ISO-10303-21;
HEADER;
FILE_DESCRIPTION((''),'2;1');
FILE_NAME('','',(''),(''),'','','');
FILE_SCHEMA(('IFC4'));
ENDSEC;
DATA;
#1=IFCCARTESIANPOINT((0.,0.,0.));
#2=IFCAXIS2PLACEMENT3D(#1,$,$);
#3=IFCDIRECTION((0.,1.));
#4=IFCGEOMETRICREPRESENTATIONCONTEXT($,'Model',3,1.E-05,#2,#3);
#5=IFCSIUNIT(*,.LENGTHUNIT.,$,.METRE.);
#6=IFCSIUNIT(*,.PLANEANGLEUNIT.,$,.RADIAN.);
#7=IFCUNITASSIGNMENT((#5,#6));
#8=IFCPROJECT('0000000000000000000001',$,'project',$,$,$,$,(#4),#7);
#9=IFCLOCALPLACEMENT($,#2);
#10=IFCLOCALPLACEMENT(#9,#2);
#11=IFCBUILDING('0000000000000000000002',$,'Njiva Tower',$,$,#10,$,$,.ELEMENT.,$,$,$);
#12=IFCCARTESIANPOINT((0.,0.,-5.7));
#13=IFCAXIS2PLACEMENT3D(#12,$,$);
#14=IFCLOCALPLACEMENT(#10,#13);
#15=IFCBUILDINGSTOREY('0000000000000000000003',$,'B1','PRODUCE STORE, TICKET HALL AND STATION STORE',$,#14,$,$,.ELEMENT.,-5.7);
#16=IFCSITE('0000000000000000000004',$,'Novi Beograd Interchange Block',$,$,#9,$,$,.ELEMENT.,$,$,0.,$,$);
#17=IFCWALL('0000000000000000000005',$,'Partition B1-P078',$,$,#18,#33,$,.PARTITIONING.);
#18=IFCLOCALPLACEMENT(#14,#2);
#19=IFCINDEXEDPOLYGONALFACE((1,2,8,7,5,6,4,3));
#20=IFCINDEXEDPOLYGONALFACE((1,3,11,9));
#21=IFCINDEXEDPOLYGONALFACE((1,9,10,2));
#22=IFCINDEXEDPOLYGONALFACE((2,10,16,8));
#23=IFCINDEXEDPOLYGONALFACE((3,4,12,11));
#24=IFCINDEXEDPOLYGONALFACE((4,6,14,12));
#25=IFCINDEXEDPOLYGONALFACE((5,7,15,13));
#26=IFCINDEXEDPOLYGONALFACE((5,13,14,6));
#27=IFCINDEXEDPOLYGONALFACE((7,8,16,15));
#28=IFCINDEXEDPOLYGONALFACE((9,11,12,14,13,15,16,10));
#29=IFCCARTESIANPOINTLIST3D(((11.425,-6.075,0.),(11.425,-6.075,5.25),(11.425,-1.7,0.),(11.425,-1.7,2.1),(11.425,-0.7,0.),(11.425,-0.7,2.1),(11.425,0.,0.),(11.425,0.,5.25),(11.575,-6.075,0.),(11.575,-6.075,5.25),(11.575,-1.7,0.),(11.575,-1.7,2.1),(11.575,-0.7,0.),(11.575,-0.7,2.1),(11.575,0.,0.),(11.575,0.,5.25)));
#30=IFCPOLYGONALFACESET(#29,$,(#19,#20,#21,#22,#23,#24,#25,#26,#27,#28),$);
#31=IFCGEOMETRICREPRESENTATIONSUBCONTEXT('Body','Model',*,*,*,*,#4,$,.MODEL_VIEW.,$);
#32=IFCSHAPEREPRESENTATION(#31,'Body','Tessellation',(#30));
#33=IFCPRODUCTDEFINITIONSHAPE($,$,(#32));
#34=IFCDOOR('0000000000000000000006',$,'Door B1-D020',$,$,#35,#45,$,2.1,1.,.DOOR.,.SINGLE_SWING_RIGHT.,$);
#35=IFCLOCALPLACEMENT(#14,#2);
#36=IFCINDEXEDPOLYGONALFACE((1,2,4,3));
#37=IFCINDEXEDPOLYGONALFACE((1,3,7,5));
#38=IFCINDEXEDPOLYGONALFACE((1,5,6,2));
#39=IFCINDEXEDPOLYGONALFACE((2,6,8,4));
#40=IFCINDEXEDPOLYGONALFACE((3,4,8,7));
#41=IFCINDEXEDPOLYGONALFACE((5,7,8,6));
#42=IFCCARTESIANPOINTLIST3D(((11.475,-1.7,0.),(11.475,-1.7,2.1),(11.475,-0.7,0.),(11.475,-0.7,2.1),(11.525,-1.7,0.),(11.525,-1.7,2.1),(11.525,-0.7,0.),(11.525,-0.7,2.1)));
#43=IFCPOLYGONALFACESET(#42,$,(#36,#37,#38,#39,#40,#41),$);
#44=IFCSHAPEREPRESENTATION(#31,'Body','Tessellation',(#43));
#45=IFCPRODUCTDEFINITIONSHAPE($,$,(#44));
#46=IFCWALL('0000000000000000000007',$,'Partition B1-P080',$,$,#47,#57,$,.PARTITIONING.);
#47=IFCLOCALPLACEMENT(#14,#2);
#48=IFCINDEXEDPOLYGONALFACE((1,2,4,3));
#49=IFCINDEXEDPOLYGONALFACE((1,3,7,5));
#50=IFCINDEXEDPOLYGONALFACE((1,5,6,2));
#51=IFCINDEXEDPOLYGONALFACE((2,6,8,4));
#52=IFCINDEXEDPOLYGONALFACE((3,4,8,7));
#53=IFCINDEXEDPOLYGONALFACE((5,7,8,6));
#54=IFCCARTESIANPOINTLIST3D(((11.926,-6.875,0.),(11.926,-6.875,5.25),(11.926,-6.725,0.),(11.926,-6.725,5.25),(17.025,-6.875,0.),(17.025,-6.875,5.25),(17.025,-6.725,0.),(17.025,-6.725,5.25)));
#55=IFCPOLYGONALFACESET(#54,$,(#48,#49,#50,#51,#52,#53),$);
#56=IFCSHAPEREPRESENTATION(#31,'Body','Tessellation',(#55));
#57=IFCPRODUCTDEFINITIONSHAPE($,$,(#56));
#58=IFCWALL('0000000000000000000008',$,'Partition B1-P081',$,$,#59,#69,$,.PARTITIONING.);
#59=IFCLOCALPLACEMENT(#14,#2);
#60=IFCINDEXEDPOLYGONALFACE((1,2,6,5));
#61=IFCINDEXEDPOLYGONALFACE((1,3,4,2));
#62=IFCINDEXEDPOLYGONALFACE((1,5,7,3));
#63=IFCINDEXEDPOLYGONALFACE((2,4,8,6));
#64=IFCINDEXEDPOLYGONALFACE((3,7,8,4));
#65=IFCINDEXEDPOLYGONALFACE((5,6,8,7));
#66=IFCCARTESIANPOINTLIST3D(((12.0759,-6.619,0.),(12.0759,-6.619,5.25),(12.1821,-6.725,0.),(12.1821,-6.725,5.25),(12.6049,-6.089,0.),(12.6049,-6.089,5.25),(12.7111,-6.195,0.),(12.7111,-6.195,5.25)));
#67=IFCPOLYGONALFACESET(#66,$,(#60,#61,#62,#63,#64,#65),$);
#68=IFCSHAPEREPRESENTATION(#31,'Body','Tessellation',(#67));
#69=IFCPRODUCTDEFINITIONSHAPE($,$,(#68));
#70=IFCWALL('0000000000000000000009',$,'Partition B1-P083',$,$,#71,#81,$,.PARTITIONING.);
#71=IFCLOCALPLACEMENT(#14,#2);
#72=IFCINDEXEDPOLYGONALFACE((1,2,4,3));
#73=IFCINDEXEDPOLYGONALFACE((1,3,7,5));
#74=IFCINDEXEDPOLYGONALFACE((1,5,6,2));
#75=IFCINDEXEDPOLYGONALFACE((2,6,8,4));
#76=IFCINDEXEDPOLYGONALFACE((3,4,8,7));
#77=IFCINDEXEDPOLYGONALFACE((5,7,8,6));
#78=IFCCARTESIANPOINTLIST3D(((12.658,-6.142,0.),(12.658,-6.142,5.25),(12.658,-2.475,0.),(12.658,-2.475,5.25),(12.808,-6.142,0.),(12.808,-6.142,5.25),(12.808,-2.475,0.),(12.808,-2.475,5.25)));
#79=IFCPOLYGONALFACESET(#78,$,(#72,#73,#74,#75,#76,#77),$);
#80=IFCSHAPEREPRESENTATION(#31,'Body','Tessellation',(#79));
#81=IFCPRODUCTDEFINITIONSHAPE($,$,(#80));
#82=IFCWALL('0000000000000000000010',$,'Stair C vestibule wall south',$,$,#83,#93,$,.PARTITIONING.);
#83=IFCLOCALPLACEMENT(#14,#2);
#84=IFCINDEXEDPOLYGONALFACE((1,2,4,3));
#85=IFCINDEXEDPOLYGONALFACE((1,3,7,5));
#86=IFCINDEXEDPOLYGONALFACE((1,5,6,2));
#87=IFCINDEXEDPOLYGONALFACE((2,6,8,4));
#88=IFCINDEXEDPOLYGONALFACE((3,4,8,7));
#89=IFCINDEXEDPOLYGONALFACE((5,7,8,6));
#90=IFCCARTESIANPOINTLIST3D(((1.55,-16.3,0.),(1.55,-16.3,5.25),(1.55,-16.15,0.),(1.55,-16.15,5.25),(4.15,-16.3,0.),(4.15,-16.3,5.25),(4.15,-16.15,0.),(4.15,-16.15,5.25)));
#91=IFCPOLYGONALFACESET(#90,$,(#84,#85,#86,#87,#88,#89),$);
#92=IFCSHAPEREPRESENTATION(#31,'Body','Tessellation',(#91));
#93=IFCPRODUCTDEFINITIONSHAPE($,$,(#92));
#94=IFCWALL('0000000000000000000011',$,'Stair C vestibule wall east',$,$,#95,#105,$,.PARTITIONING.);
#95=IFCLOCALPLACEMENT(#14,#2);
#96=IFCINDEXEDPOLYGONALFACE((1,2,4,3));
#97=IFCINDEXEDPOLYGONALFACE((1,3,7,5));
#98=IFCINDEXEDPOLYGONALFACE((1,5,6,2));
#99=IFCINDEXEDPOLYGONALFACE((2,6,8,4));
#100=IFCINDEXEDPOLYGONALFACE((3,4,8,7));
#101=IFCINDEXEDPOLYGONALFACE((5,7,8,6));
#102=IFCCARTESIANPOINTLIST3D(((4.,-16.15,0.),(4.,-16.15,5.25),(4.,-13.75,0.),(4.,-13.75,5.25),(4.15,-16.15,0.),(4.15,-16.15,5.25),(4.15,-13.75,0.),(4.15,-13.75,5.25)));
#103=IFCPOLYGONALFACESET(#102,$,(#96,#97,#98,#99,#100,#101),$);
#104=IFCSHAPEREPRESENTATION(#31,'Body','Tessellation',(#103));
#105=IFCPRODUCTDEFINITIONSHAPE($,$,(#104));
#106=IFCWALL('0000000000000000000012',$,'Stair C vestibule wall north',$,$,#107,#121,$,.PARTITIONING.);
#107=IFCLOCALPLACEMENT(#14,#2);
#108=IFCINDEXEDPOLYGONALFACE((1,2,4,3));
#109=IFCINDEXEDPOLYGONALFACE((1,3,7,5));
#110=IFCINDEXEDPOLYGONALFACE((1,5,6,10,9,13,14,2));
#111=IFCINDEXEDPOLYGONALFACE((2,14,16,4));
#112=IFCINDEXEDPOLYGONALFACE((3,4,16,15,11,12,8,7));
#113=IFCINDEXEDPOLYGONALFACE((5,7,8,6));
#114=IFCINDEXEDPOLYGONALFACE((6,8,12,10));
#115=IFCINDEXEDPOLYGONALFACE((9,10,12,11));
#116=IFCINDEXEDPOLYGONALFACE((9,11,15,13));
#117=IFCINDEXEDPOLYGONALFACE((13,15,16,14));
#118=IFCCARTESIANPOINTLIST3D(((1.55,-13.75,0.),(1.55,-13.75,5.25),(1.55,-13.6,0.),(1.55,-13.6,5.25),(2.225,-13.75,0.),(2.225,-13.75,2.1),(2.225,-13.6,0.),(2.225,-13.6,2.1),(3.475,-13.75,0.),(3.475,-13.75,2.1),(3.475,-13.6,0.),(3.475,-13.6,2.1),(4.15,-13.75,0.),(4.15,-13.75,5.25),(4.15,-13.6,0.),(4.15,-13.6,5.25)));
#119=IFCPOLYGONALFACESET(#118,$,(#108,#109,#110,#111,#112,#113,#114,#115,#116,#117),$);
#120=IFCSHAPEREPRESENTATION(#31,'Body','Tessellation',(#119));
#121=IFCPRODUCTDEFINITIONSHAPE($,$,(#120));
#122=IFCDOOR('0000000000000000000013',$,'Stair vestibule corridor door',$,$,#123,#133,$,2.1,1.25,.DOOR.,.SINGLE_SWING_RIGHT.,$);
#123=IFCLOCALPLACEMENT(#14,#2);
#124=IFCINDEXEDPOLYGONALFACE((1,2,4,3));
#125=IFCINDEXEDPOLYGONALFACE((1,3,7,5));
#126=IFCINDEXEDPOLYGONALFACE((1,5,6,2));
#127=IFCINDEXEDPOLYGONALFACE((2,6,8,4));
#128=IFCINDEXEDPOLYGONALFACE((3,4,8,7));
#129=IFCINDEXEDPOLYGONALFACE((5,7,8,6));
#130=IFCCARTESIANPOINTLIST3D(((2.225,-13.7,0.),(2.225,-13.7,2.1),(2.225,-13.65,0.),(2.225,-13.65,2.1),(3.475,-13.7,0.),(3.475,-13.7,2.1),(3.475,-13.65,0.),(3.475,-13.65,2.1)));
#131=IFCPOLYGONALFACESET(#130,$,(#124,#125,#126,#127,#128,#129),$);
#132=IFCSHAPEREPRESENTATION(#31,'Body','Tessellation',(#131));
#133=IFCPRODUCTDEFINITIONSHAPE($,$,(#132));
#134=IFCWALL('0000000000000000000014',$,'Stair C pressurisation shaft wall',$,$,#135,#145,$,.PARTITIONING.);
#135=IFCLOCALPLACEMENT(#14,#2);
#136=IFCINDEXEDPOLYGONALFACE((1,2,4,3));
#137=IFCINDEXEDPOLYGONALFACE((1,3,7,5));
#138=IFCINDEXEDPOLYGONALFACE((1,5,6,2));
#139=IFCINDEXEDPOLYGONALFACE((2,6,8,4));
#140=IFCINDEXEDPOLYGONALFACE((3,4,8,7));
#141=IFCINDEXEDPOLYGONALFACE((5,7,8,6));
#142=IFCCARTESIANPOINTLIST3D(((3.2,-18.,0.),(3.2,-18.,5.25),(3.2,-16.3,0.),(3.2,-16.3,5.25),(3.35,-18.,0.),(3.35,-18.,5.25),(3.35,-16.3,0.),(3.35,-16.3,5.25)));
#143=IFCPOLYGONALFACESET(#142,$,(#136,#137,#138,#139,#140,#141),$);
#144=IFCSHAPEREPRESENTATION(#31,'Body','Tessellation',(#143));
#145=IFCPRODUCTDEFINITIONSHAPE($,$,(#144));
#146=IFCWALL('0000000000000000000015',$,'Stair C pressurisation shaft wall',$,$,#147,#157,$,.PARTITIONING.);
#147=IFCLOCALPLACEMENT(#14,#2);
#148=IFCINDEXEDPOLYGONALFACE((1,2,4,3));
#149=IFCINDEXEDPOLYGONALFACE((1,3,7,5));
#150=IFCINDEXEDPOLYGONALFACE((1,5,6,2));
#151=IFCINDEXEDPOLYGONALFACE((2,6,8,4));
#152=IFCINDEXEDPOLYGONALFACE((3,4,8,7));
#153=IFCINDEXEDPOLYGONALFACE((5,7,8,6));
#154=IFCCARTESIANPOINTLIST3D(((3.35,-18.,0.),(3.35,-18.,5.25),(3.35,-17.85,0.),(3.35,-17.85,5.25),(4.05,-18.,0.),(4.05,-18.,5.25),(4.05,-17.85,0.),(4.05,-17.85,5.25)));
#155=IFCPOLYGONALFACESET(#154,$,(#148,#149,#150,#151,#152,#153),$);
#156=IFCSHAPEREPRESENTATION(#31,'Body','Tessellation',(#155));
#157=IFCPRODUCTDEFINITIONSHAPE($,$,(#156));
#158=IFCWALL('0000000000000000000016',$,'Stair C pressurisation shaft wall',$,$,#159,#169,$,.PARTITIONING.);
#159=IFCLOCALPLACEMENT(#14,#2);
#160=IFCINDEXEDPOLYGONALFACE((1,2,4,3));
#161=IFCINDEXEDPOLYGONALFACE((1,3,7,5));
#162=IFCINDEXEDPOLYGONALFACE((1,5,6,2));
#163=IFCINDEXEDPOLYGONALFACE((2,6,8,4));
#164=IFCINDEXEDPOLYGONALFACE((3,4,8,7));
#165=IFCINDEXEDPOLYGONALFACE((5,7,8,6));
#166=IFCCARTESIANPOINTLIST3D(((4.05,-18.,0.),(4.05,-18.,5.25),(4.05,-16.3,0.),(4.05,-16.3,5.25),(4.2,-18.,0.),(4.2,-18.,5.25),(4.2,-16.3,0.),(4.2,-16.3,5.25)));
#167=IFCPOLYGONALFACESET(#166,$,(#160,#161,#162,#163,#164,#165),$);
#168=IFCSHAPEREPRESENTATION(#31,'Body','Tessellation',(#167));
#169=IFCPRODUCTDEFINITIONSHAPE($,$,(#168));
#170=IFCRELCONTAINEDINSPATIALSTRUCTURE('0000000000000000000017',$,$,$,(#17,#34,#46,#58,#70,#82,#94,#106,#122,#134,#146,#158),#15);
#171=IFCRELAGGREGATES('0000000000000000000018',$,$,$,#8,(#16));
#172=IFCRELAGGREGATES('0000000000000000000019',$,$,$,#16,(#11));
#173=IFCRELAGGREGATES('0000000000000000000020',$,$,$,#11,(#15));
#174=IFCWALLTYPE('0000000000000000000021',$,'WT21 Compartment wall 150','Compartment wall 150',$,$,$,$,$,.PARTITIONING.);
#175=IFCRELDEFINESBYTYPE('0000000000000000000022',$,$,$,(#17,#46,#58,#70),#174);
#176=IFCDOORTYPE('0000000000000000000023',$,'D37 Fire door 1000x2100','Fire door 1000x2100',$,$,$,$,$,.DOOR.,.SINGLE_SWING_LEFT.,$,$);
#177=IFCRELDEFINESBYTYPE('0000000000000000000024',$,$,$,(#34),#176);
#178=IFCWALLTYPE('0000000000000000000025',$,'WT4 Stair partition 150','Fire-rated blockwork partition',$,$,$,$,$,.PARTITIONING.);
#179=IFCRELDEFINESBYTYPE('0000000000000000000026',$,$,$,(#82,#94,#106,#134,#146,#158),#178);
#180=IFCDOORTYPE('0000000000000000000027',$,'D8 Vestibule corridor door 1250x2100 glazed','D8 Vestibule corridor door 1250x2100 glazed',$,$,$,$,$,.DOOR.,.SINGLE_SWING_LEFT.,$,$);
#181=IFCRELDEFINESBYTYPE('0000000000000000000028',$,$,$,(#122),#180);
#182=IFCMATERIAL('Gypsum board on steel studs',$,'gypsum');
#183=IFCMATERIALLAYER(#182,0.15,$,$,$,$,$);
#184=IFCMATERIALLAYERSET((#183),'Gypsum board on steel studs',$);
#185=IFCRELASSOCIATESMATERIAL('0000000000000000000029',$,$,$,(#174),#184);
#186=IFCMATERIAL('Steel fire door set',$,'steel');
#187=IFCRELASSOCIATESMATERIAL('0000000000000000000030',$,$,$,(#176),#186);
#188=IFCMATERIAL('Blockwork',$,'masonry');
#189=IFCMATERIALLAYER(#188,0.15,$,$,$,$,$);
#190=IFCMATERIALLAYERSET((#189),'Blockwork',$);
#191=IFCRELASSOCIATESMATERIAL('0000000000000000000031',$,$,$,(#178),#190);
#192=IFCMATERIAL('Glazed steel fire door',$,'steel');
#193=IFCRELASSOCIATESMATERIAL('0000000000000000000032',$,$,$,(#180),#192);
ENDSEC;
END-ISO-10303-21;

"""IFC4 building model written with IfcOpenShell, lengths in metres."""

from ifc_helpers import new_model, si_unit, direction, frame, frame_2d, origin, place, context, subcontext, project, spatial, rectangle, extrude, material, layer, layer_set, type_object, element, fill, save


model = new_model("IFC4")

# Units and contexts
model_context = context("Model", 3, precision=1e-05, world=origin(), true_north=direction((0.0, 1.0)))
body_context = subcontext(model_context, "Body", "Model", "MODEL_VIEW")
ifc_project = project(units=[si_unit("LENGTHUNIT", "METRE"), si_unit("PLANEANGLEUNIT", "RADIAN")], contexts=[model_context])

# Site, building, storey
site_placement = place(None, origin())
site = spatial("IfcSite", under=ifc_project, at=site_placement, Name="Novi Beograd Interchange Block", CompositionType="ELEMENT", RefElevation=0.0)
building_placement = place(site_placement, origin())
building = spatial("IfcBuilding", under=site, at=building_placement, Name="Njiva Tower", CompositionType="ELEMENT")
storey_placement = place(building_placement, frame((0.0, 0.0, -5.7)))
storey = spatial("IfcBuildingStorey", under=building, at=storey_placement, Name="B1", Description="PRODUCE STORE, TICKET HALL AND STATION STORE", CompositionType="ELEMENT", Elevation=-5.7)

# Shared definitions
ifc_material_1 = material(Name="Gypsum board on steel studs", Category="gypsum")
ifc_layer_1 = layer(ifc_material_1, 0.15)
ifc_layer_set_1 = layer_set([ifc_layer_1], Name="Gypsum board on steel studs")
wall_type_1 = type_object("IfcWallType", Name="WT21 Compartment wall 150", Description="Compartment wall 150", PredefinedType="PARTITIONING", material=ifc_layer_set_1)

# Wall, opening, door
wall_1_placement = place(storey_placement, frame((11.5, -6.075, 0.0), z_axis=(0.0, 0.0, 1.0), x_axis=(0.0, 1.0, 0.0)))
wall_1 = element("IfcWall", 1, at=wall_1_placement, inside=storey, type_object=wall_type_1, Name="Partition B1-P078", PredefinedType="PARTITIONING", context=body_context, shape_type="SweptSolid", body=[
    extrude(rectangle(XDim=6.075, YDim=0.15, at=frame_2d((3.0375, 0.0))), origin(), (0.0, 0.0, 1.0), 5.25),
])
opening_1_placement = place(wall_1_placement, frame((4.375, 0.0, 0.0)))
opening_1 = element("IfcOpeningElement", 2, at=opening_1_placement, cuts=wall_1, PredefinedType="OPENING", context=body_context, shape_type="SweptSolid", body=[
    extrude(rectangle(XDim=1.0, YDim=2.1, at=frame_2d((0.5, 1.05))), frame((0.0, 0.085, 0.0), z_axis=(0.0, -1.0, 0.0), x_axis=(1.0, 0.0, 0.0)), (0.0, 0.0, 1.0), 0.17),
])
ifc_material_2 = material(Name="Steel fire door set", Category="steel")
door_type_1 = type_object("IfcDoorType", Name="D37 Fire door 1000x2100", Description="Fire door 1000x2100", OperationType="SINGLE_SWING_LEFT", PredefinedType="DOOR", material=ifc_material_2)
door_1_placement = place(opening_1_placement, origin())
door_1 = element("IfcDoor", 3, at=door_1_placement, inside=storey, type_object=door_type_1, Name="Door B1-D020", OperationType="SINGLE_SWING_RIGHT", OverallHeight=2.1, OverallWidth=1.0, PredefinedType="DOOR", context=body_context, shape_type="SweptSolid", body=[
    extrude(rectangle(XDim=1.0, YDim=2.1, at=frame_2d((0.5, 1.05))), frame((0.0, 0.025, 0.0), z_axis=(0.0, -1.0, 0.0), x_axis=(1.0, 0.0, 0.0)), (0.0, 0.0, 1.0), 0.05),
])
fill(opening_1, door_1)

# Walls
wall_2_placement = place(storey_placement, frame((11.926, -6.8, 0.0), z_axis=(0.0, 0.0, 1.0), x_axis=(1.0, 0.0, 0.0)))
element("IfcWall", 4, at=wall_2_placement, inside=storey, type_object=wall_type_1, Name="Partition B1-P080", PredefinedType="PARTITIONING", context=body_context, shape_type="SweptSolid", body=[
    extrude(rectangle(XDim=5.099, YDim=0.15, at=frame_2d((2.5495, 0.0))), origin(), (0.0, 0.0, 1.0), 5.25),
])
wall_3_placement = place(storey_placement, frame((12.129, -6.672, 0.0), z_axis=(0.0, 0.0, 1.0), x_axis=(0.706439, 0.707774, 0.0)))
element("IfcWall", 5, at=wall_3_placement, inside=storey, type_object=wall_type_1, Name="Partition B1-P081", PredefinedType="PARTITIONING", context=body_context, shape_type="SweptSolid", body=[
    extrude(rectangle(XDim=0.7488, YDim=0.15, at=frame_2d((0.3744, 0.0))), origin(), (0.0, 0.0, 1.0), 5.25),
])
wall_4_placement = place(storey_placement, frame((12.733, -6.142, 0.0), z_axis=(0.0, 0.0, 1.0), x_axis=(0.0, 1.0, 0.0)))
element("IfcWall", 6, at=wall_4_placement, inside=storey, type_object=wall_type_1, Name="Partition B1-P083", PredefinedType="PARTITIONING", context=body_context, shape_type="SweptSolid", body=[
    extrude(rectangle(XDim=3.667, YDim=0.15, at=frame_2d((1.8335, 0.0))), origin(), (0.0, 0.0, 1.0), 5.25),
])
ifc_material_3 = material(Name="Blockwork", Category="masonry")
ifc_layer_2 = layer(ifc_material_3, 0.15)
ifc_layer_set_2 = layer_set([ifc_layer_2], Name="Blockwork")
wall_type_2 = type_object("IfcWallType", Name="WT4 Stair partition 150", Description="Fire-rated blockwork partition", PredefinedType="PARTITIONING", material=ifc_layer_set_2)
wall_5_placement = place(storey_placement, frame((1.55, -16.225, 0.0), z_axis=(0.0, 0.0, 1.0), x_axis=(1.0, 0.0, 0.0)))
element("IfcWall", 7, at=wall_5_placement, inside=storey, type_object=wall_type_2, Name="Stair C vestibule wall south", PredefinedType="PARTITIONING", context=body_context, shape_type="SweptSolid", body=[
    extrude(rectangle(XDim=2.6, YDim=0.15, at=frame_2d((1.3, 0.0))), origin(), (0.0, 0.0, 1.0), 5.25),
])
wall_6_placement = place(storey_placement, frame((4.075, -16.15, 0.0), z_axis=(0.0, 0.0, 1.0), x_axis=(0.0, 1.0, 0.0)))
element("IfcWall", 8, at=wall_6_placement, inside=storey, type_object=wall_type_2, Name="Stair C vestibule wall east", PredefinedType="PARTITIONING", context=body_context, shape_type="SweptSolid", body=[
    extrude(rectangle(XDim=2.4, YDim=0.15, at=frame_2d((1.2, 0.0))), origin(), (0.0, 0.0, 1.0), 5.25),
])

# Wall, opening, door
wall_7_placement = place(storey_placement, frame((1.55, -13.675, 0.0), z_axis=(0.0, 0.0, 1.0), x_axis=(1.0, 0.0, 0.0)))
wall_7 = element("IfcWall", 9, at=wall_7_placement, inside=storey, type_object=wall_type_2, Name="Stair C vestibule wall north", PredefinedType="PARTITIONING", context=body_context, shape_type="SweptSolid", body=[
    extrude(rectangle(XDim=2.6, YDim=0.15, at=frame_2d((1.3, 0.0))), origin(), (0.0, 0.0, 1.0), 5.25),
])
opening_2_placement = place(wall_7_placement, frame((0.675, 0.0, 0.0)))
opening_2 = element("IfcOpeningElement", 10, at=opening_2_placement, cuts=wall_7, PredefinedType="OPENING", context=body_context, shape_type="SweptSolid", body=[
    extrude(rectangle(XDim=1.25, YDim=2.1, at=frame_2d((0.625, 1.05))), frame((0.0, 0.085, 0.0), z_axis=(0.0, -1.0, 0.0), x_axis=(1.0, 0.0, 0.0)), (0.0, 0.0, 1.0), 0.17),
])
ifc_material_4 = material(Name="Glazed steel fire door", Category="steel")
door_type_2 = type_object("IfcDoorType", Name="D8 Vestibule corridor door 1250x2100 glazed", Description="D8 Vestibule corridor door 1250x2100 glazed", OperationType="SINGLE_SWING_LEFT", PredefinedType="DOOR", material=ifc_material_4)
door_2_placement = place(opening_2_placement, origin())
door_2 = element("IfcDoor", 11, at=door_2_placement, inside=storey, type_object=door_type_2, Name="Stair vestibule corridor door", OperationType="SINGLE_SWING_RIGHT", OverallHeight=2.1, OverallWidth=1.25, PredefinedType="DOOR", context=body_context, shape_type="SweptSolid", body=[
    extrude(rectangle(XDim=1.25, YDim=2.1, at=frame_2d((0.625, 1.05))), frame((0.0, 0.025, 0.0), z_axis=(0.0, -1.0, 0.0), x_axis=(1.0, 0.0, 0.0)), (0.0, 0.0, 1.0), 0.05),
])
fill(opening_2, door_2)

# Walls
wall_8_placement = place(storey_placement, frame((3.275, -18.0, 0.0), z_axis=(0.0, 0.0, 1.0), x_axis=(0.0, 1.0, 0.0)))
element("IfcWall", 12, at=wall_8_placement, inside=storey, type_object=wall_type_2, Name="Stair C pressurisation shaft wall", PredefinedType="PARTITIONING", context=body_context, shape_type="SweptSolid", body=[
    extrude(rectangle(XDim=1.7, YDim=0.15, at=frame_2d((0.85, 0.0))), origin(), (0.0, 0.0, 1.0), 5.25),
])
wall_9_placement = place(storey_placement, frame((3.35, -17.925, 0.0), z_axis=(0.0, 0.0, 1.0), x_axis=(1.0, 0.0, 0.0)))
element("IfcWall", 13, at=wall_9_placement, inside=storey, type_object=wall_type_2, Name="Stair C pressurisation shaft wall", PredefinedType="PARTITIONING", context=body_context, shape_type="SweptSolid", body=[
    extrude(rectangle(XDim=0.7, YDim=0.15, at=frame_2d((0.35, 0.0))), origin(), (0.0, 0.0, 1.0), 5.25),
])
wall_10_placement = place(storey_placement, frame((4.125, -18.0, 0.0), z_axis=(0.0, 0.0, 1.0), x_axis=(0.0, 1.0, 0.0)))
element("IfcWall", 14, at=wall_10_placement, inside=storey, type_object=wall_type_2, Name="Stair C pressurisation shaft wall", PredefinedType="PARTITIONING", context=body_context, shape_type="SweptSolid", body=[
    extrude(rectangle(XDim=1.7, YDim=0.15, at=frame_2d((0.85, 0.0))), origin(), (0.0, 0.0, 1.0), 5.25),
])

save(model, "model.ifc")
